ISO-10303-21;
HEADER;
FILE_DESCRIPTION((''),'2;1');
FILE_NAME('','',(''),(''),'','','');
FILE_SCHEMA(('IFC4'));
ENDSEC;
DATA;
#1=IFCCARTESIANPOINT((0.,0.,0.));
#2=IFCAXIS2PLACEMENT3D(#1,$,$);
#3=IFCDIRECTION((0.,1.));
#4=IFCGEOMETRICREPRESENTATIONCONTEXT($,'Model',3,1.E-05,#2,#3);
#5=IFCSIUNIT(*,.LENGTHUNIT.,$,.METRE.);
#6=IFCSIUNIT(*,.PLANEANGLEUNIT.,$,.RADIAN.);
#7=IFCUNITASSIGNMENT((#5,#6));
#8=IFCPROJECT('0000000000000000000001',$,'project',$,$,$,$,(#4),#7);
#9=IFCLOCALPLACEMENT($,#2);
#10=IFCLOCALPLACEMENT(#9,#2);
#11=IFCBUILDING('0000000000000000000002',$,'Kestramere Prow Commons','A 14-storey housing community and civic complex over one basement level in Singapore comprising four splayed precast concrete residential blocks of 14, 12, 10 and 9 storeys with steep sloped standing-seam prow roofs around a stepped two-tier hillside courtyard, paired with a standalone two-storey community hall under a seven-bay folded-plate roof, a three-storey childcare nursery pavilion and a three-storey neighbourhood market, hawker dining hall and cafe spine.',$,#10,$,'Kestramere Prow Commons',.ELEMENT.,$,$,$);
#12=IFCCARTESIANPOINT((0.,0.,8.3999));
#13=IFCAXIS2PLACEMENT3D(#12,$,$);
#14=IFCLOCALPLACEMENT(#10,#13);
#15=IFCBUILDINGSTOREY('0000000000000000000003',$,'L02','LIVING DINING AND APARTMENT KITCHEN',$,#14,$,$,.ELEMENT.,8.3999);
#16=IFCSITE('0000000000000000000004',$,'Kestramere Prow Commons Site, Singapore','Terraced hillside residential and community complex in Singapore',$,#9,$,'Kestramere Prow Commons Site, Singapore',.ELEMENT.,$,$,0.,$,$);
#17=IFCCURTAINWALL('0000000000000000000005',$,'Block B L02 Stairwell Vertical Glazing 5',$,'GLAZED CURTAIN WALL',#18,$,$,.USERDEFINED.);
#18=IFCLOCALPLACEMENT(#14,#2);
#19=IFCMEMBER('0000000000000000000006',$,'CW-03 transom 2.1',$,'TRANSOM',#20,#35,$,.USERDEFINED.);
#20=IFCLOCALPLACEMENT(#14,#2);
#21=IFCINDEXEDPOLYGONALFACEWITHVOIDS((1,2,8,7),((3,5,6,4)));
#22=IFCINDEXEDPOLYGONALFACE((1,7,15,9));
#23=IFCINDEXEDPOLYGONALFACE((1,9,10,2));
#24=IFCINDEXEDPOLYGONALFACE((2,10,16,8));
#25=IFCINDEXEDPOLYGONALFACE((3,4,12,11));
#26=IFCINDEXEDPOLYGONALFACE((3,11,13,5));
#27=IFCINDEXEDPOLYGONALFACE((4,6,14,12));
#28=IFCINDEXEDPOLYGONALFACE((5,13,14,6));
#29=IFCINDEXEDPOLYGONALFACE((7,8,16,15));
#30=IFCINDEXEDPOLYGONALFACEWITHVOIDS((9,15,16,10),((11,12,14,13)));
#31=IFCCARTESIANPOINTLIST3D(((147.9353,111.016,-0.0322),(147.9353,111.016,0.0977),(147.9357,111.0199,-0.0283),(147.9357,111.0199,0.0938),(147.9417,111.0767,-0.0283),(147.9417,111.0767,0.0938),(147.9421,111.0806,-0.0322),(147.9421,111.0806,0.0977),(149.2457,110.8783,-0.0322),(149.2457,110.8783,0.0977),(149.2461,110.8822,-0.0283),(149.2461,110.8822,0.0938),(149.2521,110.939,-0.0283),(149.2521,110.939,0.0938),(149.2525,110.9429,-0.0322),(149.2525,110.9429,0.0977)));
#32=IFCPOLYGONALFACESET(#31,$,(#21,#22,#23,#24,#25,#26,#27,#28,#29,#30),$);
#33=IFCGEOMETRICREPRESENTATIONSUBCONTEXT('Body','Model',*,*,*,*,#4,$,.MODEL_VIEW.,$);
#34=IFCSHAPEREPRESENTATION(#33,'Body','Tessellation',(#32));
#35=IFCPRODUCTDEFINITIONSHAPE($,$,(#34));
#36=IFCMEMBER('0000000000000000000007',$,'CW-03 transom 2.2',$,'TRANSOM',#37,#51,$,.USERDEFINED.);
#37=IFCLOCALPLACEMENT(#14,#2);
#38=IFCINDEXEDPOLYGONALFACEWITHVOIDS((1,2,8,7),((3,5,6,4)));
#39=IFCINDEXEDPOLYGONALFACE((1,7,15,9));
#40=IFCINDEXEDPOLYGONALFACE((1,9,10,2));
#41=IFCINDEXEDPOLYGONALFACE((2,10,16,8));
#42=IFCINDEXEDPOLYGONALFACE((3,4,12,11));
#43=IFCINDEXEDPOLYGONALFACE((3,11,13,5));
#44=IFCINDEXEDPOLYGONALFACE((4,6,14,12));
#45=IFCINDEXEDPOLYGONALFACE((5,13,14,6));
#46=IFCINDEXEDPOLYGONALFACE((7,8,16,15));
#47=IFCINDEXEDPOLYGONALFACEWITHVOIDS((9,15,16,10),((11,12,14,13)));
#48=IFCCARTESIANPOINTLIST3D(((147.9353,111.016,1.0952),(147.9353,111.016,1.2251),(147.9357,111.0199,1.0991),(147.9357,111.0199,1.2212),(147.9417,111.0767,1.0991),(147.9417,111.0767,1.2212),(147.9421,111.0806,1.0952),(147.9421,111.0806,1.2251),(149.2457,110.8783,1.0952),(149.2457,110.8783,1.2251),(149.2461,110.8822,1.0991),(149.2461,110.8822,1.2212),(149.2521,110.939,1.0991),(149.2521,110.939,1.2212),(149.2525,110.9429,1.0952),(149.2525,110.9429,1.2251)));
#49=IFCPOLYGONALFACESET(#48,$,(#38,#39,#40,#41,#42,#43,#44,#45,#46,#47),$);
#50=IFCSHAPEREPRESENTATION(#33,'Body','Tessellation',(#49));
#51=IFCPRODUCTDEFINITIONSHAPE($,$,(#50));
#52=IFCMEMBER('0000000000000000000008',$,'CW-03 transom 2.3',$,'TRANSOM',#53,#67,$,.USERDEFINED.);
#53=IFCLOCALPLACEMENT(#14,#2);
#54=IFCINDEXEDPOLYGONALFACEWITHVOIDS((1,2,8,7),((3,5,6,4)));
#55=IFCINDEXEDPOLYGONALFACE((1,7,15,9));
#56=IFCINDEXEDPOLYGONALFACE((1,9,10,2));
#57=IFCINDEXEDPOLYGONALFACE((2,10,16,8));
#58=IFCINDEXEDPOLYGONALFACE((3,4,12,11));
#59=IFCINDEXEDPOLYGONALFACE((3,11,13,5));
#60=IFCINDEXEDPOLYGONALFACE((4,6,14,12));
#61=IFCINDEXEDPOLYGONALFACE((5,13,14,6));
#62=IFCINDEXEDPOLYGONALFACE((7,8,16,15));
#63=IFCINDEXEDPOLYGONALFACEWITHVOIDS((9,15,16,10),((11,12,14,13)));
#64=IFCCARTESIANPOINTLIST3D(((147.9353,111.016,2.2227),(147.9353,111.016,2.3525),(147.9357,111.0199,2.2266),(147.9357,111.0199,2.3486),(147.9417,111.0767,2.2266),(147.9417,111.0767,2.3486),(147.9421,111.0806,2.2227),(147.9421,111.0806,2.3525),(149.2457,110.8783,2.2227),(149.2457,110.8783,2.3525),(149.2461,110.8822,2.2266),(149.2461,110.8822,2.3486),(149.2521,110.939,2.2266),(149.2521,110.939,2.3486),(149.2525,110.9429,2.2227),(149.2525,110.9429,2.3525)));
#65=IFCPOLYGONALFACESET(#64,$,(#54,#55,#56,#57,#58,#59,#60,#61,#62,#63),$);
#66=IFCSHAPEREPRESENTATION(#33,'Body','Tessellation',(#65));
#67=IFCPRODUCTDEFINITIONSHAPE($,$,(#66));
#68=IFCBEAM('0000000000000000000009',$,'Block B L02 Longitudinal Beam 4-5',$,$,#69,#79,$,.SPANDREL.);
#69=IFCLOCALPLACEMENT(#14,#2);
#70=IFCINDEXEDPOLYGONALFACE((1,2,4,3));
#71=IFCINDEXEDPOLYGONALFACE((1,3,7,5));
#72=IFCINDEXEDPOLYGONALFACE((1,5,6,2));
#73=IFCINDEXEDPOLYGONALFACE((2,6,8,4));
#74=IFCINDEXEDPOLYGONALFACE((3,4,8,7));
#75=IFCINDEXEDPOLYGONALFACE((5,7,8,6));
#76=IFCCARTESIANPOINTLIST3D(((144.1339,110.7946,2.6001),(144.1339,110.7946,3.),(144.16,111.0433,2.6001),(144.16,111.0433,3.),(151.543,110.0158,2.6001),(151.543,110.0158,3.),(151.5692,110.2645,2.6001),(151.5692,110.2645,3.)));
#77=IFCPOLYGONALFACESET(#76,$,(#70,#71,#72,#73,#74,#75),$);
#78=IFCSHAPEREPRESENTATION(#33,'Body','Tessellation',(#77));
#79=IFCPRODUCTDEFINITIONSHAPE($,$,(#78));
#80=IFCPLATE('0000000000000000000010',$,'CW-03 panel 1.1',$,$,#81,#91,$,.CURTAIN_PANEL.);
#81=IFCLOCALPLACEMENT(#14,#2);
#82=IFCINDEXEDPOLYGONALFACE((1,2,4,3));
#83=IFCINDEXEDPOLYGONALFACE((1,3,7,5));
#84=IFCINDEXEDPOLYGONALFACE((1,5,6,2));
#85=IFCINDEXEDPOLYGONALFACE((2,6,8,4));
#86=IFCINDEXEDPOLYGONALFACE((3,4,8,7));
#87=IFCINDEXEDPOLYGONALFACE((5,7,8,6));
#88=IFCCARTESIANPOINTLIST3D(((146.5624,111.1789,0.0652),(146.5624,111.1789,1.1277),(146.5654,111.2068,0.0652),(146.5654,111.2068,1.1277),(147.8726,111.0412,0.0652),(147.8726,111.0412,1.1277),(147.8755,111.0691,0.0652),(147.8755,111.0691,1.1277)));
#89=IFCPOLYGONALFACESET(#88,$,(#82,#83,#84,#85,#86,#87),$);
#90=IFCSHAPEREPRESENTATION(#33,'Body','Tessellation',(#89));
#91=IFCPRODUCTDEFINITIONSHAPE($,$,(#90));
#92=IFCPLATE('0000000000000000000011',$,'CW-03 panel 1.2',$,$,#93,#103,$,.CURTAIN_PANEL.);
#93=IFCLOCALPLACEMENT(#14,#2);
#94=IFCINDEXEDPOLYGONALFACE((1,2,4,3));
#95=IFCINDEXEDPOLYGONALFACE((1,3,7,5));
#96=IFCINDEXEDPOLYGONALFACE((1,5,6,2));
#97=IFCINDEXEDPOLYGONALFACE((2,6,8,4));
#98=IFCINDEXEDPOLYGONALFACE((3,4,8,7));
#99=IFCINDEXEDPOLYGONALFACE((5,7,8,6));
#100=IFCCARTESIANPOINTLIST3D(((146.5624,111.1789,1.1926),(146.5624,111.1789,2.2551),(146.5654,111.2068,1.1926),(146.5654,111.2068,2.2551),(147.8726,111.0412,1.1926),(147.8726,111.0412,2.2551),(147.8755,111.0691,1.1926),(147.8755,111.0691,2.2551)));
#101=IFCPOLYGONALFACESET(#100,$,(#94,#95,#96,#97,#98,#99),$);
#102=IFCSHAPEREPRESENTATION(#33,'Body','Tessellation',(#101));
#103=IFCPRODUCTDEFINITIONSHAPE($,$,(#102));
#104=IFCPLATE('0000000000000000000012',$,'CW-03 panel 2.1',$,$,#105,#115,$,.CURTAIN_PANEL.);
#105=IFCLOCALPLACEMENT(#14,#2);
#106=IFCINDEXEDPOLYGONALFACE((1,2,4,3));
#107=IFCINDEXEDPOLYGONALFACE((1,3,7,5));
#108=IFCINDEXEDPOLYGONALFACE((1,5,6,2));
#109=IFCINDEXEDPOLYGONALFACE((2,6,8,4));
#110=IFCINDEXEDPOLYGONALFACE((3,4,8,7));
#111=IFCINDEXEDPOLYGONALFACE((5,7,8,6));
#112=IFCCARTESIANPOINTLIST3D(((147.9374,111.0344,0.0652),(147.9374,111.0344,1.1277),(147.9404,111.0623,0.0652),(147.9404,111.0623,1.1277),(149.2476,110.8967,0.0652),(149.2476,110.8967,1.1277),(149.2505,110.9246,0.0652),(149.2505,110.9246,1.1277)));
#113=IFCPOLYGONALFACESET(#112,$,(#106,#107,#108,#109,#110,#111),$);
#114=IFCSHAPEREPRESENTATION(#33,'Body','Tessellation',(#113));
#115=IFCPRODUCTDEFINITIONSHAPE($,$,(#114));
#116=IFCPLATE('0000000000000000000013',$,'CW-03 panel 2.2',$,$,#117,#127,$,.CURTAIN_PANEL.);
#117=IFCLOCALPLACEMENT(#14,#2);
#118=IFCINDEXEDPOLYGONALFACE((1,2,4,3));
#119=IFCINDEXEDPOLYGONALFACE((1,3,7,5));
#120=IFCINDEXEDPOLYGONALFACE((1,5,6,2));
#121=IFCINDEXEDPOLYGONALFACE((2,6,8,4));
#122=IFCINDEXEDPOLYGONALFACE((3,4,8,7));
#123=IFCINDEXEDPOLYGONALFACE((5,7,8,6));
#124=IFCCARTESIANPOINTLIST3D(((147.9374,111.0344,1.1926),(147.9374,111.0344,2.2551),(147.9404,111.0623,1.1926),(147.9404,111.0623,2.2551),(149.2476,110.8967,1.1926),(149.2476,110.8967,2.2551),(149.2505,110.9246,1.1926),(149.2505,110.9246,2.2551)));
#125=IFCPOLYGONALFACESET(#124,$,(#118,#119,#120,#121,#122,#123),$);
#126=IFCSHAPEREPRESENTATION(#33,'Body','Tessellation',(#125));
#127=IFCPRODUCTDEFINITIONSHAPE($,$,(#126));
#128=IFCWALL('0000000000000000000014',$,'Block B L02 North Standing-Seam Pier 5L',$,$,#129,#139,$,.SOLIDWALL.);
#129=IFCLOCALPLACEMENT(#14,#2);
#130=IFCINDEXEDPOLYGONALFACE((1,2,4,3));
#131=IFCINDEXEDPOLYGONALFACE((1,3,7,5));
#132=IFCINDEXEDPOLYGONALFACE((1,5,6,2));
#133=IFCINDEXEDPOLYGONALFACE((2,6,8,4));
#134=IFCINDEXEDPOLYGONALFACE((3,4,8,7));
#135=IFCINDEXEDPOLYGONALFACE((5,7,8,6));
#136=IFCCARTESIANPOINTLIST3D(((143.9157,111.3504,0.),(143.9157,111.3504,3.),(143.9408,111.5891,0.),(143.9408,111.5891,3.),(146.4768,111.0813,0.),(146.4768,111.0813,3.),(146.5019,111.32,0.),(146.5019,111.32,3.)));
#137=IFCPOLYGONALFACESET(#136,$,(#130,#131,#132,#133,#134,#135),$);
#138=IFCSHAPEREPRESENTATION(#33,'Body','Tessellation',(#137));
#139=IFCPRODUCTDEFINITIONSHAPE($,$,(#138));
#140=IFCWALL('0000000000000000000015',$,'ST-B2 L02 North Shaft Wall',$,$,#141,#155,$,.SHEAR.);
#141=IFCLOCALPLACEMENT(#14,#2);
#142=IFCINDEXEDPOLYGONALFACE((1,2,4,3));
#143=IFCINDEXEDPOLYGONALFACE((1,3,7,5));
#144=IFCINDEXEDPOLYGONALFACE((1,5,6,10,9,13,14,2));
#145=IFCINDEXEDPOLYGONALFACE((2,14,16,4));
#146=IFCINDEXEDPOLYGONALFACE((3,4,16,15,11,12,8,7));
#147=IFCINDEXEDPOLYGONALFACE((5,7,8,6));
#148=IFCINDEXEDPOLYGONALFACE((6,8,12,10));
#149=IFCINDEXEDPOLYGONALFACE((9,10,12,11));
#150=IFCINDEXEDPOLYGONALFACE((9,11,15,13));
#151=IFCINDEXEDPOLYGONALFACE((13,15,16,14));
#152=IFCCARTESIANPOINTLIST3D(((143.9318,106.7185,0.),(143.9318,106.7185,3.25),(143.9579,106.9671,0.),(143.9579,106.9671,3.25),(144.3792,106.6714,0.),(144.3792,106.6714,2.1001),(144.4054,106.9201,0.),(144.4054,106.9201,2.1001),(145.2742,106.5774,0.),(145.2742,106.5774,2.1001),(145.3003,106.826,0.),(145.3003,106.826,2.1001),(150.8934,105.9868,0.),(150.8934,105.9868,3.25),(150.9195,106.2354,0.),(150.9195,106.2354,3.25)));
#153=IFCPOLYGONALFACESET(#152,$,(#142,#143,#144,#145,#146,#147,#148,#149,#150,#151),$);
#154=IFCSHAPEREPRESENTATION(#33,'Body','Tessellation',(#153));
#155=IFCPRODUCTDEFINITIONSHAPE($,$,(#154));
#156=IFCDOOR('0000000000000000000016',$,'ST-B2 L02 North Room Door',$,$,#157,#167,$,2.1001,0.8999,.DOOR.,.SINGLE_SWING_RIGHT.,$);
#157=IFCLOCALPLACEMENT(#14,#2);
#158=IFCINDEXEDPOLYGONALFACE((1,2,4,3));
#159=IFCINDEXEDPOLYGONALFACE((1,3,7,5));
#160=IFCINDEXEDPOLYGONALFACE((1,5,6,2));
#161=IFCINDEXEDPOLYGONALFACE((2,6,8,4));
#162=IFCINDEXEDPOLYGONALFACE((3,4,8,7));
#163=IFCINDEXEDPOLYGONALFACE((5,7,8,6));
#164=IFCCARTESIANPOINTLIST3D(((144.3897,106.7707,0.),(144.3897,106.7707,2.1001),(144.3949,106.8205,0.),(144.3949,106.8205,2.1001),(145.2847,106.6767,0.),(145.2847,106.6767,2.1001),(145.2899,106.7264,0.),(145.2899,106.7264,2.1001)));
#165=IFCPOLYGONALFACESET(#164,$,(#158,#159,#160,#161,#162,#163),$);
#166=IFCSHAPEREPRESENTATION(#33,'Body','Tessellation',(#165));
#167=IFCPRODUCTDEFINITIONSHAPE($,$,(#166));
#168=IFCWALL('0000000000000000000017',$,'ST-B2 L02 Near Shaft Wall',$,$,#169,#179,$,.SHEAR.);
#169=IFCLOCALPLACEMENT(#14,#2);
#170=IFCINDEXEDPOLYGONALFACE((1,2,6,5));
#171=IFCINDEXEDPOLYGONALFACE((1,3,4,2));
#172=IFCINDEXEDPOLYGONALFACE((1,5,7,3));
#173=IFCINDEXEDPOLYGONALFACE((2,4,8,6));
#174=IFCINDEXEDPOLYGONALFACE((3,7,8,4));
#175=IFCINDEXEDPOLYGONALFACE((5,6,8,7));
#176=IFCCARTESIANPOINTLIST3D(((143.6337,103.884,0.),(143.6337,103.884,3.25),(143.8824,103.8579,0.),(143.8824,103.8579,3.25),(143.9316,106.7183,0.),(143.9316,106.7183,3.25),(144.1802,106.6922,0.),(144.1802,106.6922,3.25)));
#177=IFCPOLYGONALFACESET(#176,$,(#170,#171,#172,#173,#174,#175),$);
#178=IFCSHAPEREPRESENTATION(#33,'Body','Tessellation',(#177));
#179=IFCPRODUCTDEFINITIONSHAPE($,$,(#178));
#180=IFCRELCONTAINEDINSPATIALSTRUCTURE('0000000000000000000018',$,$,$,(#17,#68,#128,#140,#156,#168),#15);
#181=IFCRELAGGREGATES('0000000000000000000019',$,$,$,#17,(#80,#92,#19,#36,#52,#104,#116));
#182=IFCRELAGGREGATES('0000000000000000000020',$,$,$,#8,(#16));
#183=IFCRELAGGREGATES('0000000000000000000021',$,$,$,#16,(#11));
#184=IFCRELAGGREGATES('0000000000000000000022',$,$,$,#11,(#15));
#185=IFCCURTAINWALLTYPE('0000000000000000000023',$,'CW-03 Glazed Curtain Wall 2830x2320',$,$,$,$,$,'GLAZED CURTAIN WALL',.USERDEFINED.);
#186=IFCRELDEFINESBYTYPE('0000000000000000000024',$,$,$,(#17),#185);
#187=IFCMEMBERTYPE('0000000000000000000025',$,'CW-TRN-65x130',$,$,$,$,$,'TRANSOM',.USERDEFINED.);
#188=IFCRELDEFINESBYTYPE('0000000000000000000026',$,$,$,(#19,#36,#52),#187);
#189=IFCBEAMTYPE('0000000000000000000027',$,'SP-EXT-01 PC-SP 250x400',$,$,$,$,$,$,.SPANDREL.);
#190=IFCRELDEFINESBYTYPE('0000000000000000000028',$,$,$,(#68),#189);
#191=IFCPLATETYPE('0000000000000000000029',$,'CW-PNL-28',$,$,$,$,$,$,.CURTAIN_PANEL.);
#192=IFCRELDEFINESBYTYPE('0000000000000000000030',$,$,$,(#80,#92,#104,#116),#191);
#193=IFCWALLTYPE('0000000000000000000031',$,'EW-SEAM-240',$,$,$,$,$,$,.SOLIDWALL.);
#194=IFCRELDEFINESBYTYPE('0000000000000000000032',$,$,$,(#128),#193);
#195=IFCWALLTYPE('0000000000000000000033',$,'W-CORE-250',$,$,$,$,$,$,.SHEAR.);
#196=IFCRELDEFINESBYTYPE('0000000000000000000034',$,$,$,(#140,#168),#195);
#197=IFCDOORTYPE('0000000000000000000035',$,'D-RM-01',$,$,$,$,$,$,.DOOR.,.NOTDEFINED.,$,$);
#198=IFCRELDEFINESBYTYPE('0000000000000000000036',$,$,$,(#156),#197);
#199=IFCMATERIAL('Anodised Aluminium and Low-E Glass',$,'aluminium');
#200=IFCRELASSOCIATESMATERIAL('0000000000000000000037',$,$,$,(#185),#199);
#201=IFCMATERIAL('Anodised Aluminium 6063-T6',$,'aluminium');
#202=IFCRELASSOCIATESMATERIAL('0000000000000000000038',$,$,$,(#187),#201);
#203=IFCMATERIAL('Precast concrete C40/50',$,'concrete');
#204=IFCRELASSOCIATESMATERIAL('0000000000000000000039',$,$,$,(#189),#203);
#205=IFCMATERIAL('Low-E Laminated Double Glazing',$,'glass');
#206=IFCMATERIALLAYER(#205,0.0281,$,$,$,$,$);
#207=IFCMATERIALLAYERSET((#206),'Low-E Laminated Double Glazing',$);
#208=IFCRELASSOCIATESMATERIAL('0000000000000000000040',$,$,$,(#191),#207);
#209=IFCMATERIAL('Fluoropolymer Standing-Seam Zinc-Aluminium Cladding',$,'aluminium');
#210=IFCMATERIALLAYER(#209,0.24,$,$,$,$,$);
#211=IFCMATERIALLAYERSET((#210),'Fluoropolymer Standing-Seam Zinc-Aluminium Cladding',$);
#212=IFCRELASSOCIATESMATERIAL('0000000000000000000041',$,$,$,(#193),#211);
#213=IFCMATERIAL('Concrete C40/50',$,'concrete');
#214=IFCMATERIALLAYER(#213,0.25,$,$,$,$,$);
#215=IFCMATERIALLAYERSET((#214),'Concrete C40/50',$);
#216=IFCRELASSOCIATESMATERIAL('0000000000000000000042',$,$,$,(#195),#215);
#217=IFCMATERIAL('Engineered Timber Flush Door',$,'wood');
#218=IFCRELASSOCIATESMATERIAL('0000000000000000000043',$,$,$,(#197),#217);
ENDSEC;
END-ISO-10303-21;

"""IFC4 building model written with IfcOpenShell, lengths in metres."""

from ifc_helpers import new_model, si_unit, direction, frame, frame_2d, origin, origin_2d, place, context, subcontext, project, spatial, rectangle, hollow_rectangle, extrude, material, layer, layer_set, material_profile, profile_set, type_object, element, fill, aggregate, save


model = new_model("IFC4")

# Units and contexts
model_context = context("Model", 3, precision=1e-05, world=origin(), true_north=direction((0.0, 1.0)))
body_context = subcontext(model_context, "Body", "Model", "MODEL_VIEW")
ifc_project = project(units=[si_unit("LENGTHUNIT", "METRE"), si_unit("PLANEANGLEUNIT", "RADIAN")], contexts=[model_context])

# Site, building, storey
site_placement = place(None, origin())
site = spatial("IfcSite", under=ifc_project, at=site_placement, Name="Kestramere Prow Commons Site, Singapore", Description="Terraced hillside residential and community complex in Singapore", LongName="Kestramere Prow Commons Site, Singapore", CompositionType="ELEMENT", RefElevation=0.0)
building_placement = place(site_placement, origin())
building = spatial("IfcBuilding", under=site, at=building_placement, Name="Kestramere Prow Commons", Description="A 14-storey housing community and civic complex over one basement level in Singapore comprising four splayed precast concrete residential blocks of 14, 12, 10 and 9 storeys with steep sloped standing-seam prow roofs around a stepped two-tier hillside courtyard, paired with a standalone two-storey community hall under a seven-bay folded-plate roof, a three-storey childcare nursery pavilion and a three-storey neighbourhood market, hawker dining hall and cafe spine.", LongName="Kestramere Prow Commons", CompositionType="ELEMENT")
storey_placement = place(building_placement, frame((0.0, 0.0, 8.3999)))
storey = spatial("IfcBuildingStorey", under=building, at=storey_placement, Name="L02", Description="LIVING DINING AND APARTMENT KITCHEN", CompositionType="ELEMENT", Elevation=8.3999)

# Shared definitions
ifc_material_1 = material(Name="Precast concrete C40/50", Category="concrete")

# Shared definitions
ifc_material_2 = material(Name="Concrete C40/50", Category="concrete")

# Curtain wall, members
ifc_material_3 = material(Name="Anodised Aluminium and Low-E Glass", Category="aluminium")
curtain_wall_type = type_object("IfcCurtainWallType", Name="CW-03 Glazed Curtain Wall 2830x2320", ElementType="GLAZED CURTAIN WALL", PredefinedType="USERDEFINED", material=ifc_material_3)
curtain_wall_placement = place(storey_placement, origin())
curtain_wall = element("IfcCurtainWall", 1, at=curtain_wall_placement, inside=storey, type_object=curtain_wall_type, Name="Block B L02 Stairwell Vertical Glazing 5", ObjectType="GLAZED CURTAIN WALL", PredefinedType="USERDEFINED")
ifc_material_4 = material(Name="Anodised Aluminium 6063-T6", Category="aluminium")
ifc_material_profile_1 = material_profile(ifc_material_4, hollow_rectangle(XDim=0.0649, YDim=0.1299, WallThickness=0.0039, at=origin_2d()), Name="ALU-TRN 65x130")
ifc_profile_set_1 = profile_set([ifc_material_profile_1], Name="Anodised Aluminium 6063-T6")
member_type_1 = type_object("IfcMemberType", Name="CW-TRN-65x130", ElementType="TRANSOM", PredefinedType="USERDEFINED", material=ifc_profile_set_1)
member_1_placement = place(storey_placement, frame((147.9387, 111.0483, 0.0327), z_axis=(0.994524, -0.104511, 0.0), x_axis=(0.104511, 0.994524, 0.0)))
member_1 = element("IfcMember", 2, at=member_1_placement, type_object=member_type_1, Name="CW-03 transom 2.1", ObjectType="TRANSOM", PredefinedType="USERDEFINED", context=body_context, shape_type="SweptSolid", body=[
    extrude(hollow_rectangle(XDim=0.0649, YDim=0.1299, WallThickness=0.0039, at=origin_2d()), origin(), (0.0, 0.0, 1.0), 1.3176),
])
member_2_placement = place(storey_placement, frame((147.9387, 111.0483, 1.1602), z_axis=(0.994524, -0.104511, 0.0), x_axis=(0.104511, 0.994524, 0.0)))
member_2 = element("IfcMember", 3, at=member_2_placement, type_object=member_type_1, Name="CW-03 transom 2.2", ObjectType="TRANSOM", PredefinedType="USERDEFINED", context=body_context, shape_type="SweptSolid", body=[
    extrude(hollow_rectangle(XDim=0.0649, YDim=0.1299, WallThickness=0.0039, at=origin_2d()), origin(), (0.0, 0.0, 1.0), 1.3176),
])
member_3_placement = place(storey_placement, frame((147.9387, 111.0483, 2.2876), z_axis=(0.994524, -0.104511, 0.0), x_axis=(0.104511, 0.994524, 0.0)))
member_3 = element("IfcMember", 4, at=member_3_placement, type_object=member_type_1, Name="CW-03 transom 2.3", ObjectType="TRANSOM", PredefinedType="USERDEFINED", context=body_context, shape_type="SweptSolid", body=[
    extrude(hollow_rectangle(XDim=0.0649, YDim=0.1299, WallThickness=0.0039, at=origin_2d()), origin(), (0.0, 0.0, 1.0), 1.3176),
])

# Beam
ifc_material_profile_2 = material_profile(ifc_material_1, rectangle(XDim=0.25, YDim=0.3999, at=origin_2d()), Name="PC-SP 250x400")
ifc_profile_set_2 = profile_set([ifc_material_profile_2], Name="Precast concrete C40/50")
beam_type_1 = type_object("IfcBeamType", Name="SP-EXT-01 PC-SP 250x400", PredefinedType="SPANDREL", material=ifc_profile_set_2)
beam_1_placement = place(storey_placement, frame((144.147, 110.9189, 2.8), z_axis=(0.994521, -0.104538, 0.0), x_axis=(0.104538, 0.994521, 0.0)))
element("IfcBeam", 5, at=beam_1_placement, inside=storey, type_object=beam_type_1, Name="Block B L02 Longitudinal Beam 4-5", PredefinedType="SPANDREL", context=body_context, shape_type="SweptSolid", body=[
    extrude(rectangle(XDim=0.25, YDim=0.3999, at=origin_2d()), origin(), (0.0, 0.0, 1.0), 7.45),
])

# Plates
ifc_material_5 = material(Name="Low-E Laminated Double Glazing", Category="glass")
ifc_layer_1 = layer(ifc_material_5, 0.0281)
ifc_layer_set_1 = layer_set([ifc_layer_1], Name="Low-E Laminated Double Glazing")
plate_type = type_object("IfcPlateType", Name="CW-PNL-28", PredefinedType="CURTAIN_PANEL", material=ifc_layer_set_1)
plate_1_placement = place(storey_placement, frame((147.219, 111.124, 0.0652), z_axis=(0.0, 0.0, 1.0), x_axis=(0.994522, -0.104528, 0.0)))
plate_1 = element("IfcPlate", 6, at=plate_1_placement, type_object=plate_type, Name="CW-03 panel 1.1", PredefinedType="CURTAIN_PANEL", context=body_context, shape_type="SweptSolid", body=[
    extrude(rectangle(XDim=1.3174, YDim=0.0281, at=origin_2d()), origin(), (0.0, 0.0, 1.0), 1.0625),
])
plate_2_placement = place(storey_placement, frame((147.219, 111.124, 1.1926), z_axis=(0.0, 0.0, 1.0), x_axis=(0.994522, -0.104528, 0.0)))
plate_2 = element("IfcPlate", 7, at=plate_2_placement, type_object=plate_type, Name="CW-03 panel 1.2", PredefinedType="CURTAIN_PANEL", context=body_context, shape_type="SweptSolid", body=[
    extrude(rectangle(XDim=1.3174, YDim=0.0281, at=origin_2d()), origin(), (0.0, 0.0, 1.0), 1.0625),
])
plate_3_placement = place(storey_placement, frame((148.594, 110.9795, 0.0652), z_axis=(0.0, 0.0, 1.0), x_axis=(0.994522, -0.104528, 0.0)))
plate_3 = element("IfcPlate", 8, at=plate_3_placement, type_object=plate_type, Name="CW-03 panel 2.1", PredefinedType="CURTAIN_PANEL", context=body_context, shape_type="SweptSolid", body=[
    extrude(rectangle(XDim=1.3174, YDim=0.0281, at=origin_2d()), origin(), (0.0, 0.0, 1.0), 1.0625),
])
plate_4_placement = place(storey_placement, frame((148.594, 110.9795, 1.1926), z_axis=(0.0, 0.0, 1.0), x_axis=(0.994522, -0.104528, 0.0)))
plate_4 = element("IfcPlate", 9, at=plate_4_placement, type_object=plate_type, Name="CW-03 panel 2.2", PredefinedType="CURTAIN_PANEL", context=body_context, shape_type="SweptSolid", body=[
    extrude(rectangle(XDim=1.3174, YDim=0.0281, at=origin_2d()), origin(), (0.0, 0.0, 1.0), 1.0625),
])
aggregate(curtain_wall, [plate_1, plate_2, member_1, member_2, member_3, plate_3, plate_4])

# Wall
ifc_material_6 = material(Name="Fluoropolymer Standing-Seam Zinc-Aluminium Cladding", Category="aluminium")
ifc_layer_2 = layer(ifc_material_6, 0.24)
ifc_layer_set_2 = layer_set([ifc_layer_2], Name="Fluoropolymer Standing-Seam Zinc-Aluminium Cladding")
wall_type_1 = type_object("IfcWallType", Name="EW-SEAM-240", PredefinedType="SOLIDWALL", material=ifc_layer_set_2)
wall_1_placement = place(storey_placement, frame((143.9282, 111.4697, 0.0), z_axis=(0.0, 0.0, 1.0), x_axis=(0.994527, -0.104478, 0.0)))
element("IfcWall", 10, at=wall_1_placement, inside=storey, type_object=wall_type_1, Name="Block B L02 North Standing-Seam Pier 5L", PredefinedType="SOLIDWALL", context=body_context, shape_type="SweptSolid", body=[
    extrude(rectangle(XDim=2.5752, YDim=0.24, at=frame_2d((1.2876, 0.0))), origin(), (0.0, 0.0, 1.0), 3.0),
])

# Wall, opening, door
ifc_layer_3 = layer(ifc_material_2, 0.25)
ifc_layer_set_3 = layer_set([ifc_layer_3], Name="Concrete C40/50")
wall_type_2 = type_object("IfcWallType", Name="W-CORE-250", PredefinedType="SHEAR", material=ifc_layer_set_3)
wall_2_placement = place(storey_placement, frame((143.9448, 106.8428, 0.0), z_axis=(0.0, 0.0, 1.0), x_axis=(0.994522, -0.104527, 0.0)))
wall_2 = element("IfcWall", 11, at=wall_2_placement, inside=storey, type_object=wall_type_2, Name="ST-B2 L02 North Shaft Wall", PredefinedType="SHEAR", context=body_context, shape_type="SweptSolid", body=[
    extrude(rectangle(XDim=7.0, YDim=0.25, at=frame_2d((3.5, 0.0))), origin(), (0.0, 0.0, 1.0), 3.25),
])
opening_1_placement = place(wall_2_placement, frame((0.45, 0.0, 0.0)))
opening_1 = element("IfcOpeningElement", 12, at=opening_1_placement, cuts=wall_2, PredefinedType="OPENING", context=body_context, shape_type="SweptSolid", body=[
    extrude(rectangle(XDim=0.8999, YDim=2.1001, at=frame_2d((0.45, 1.05))), frame((0.0, 0.1399, 0.0), z_axis=(0.0, -1.0, 0.0), x_axis=(1.0, 0.0, 0.0)), (0.0, 0.0, 1.0), 0.28),
])
ifc_material_7 = material(Name="Engineered Timber Flush Door", Category="wood")
door_type_1 = type_object("IfcDoorType", Name="D-RM-01", OperationType="NOTDEFINED", PredefinedType="DOOR", material=ifc_material_7)
door_1_placement = place(opening_1_placement, origin())
door_1 = element("IfcDoor", 13, at=door_1_placement, inside=storey, type_object=door_type_1, Name="ST-B2 L02 North Room Door", OperationType="SINGLE_SWING_RIGHT", OverallHeight=2.1001, OverallWidth=0.8999, PredefinedType="DOOR", context=body_context, shape_type="SweptSolid", body=[
    extrude(rectangle(XDim=0.8999, YDim=2.1001, at=frame_2d((0.45, 1.05))), frame((0.0, 0.0249, 0.0), z_axis=(0.0, -1.0, 0.0), x_axis=(1.0, 0.0, 0.0)), (0.0, 0.0, 1.0), 0.05),
])
fill(opening_1, door_1)

# Wall
wall_3_placement = place(storey_placement, frame((143.7581, 103.8711, 0.0), z_axis=(0.0, 0.0, 1.0), x_axis=(0.104515, 0.994523, 0.0)))
element("IfcWall", 14, at=wall_3_placement, inside=storey, type_object=wall_type_2, Name="ST-B2 L02 Near Shaft Wall", PredefinedType="SHEAR", context=body_context, shape_type="SweptSolid", body=[
    extrude(rectangle(XDim=2.8499, YDim=0.25, at=frame_2d((1.4248, 0.0))), origin(), (0.0, 0.0, 1.0), 3.25),
])

save(model, "model.ifc")
